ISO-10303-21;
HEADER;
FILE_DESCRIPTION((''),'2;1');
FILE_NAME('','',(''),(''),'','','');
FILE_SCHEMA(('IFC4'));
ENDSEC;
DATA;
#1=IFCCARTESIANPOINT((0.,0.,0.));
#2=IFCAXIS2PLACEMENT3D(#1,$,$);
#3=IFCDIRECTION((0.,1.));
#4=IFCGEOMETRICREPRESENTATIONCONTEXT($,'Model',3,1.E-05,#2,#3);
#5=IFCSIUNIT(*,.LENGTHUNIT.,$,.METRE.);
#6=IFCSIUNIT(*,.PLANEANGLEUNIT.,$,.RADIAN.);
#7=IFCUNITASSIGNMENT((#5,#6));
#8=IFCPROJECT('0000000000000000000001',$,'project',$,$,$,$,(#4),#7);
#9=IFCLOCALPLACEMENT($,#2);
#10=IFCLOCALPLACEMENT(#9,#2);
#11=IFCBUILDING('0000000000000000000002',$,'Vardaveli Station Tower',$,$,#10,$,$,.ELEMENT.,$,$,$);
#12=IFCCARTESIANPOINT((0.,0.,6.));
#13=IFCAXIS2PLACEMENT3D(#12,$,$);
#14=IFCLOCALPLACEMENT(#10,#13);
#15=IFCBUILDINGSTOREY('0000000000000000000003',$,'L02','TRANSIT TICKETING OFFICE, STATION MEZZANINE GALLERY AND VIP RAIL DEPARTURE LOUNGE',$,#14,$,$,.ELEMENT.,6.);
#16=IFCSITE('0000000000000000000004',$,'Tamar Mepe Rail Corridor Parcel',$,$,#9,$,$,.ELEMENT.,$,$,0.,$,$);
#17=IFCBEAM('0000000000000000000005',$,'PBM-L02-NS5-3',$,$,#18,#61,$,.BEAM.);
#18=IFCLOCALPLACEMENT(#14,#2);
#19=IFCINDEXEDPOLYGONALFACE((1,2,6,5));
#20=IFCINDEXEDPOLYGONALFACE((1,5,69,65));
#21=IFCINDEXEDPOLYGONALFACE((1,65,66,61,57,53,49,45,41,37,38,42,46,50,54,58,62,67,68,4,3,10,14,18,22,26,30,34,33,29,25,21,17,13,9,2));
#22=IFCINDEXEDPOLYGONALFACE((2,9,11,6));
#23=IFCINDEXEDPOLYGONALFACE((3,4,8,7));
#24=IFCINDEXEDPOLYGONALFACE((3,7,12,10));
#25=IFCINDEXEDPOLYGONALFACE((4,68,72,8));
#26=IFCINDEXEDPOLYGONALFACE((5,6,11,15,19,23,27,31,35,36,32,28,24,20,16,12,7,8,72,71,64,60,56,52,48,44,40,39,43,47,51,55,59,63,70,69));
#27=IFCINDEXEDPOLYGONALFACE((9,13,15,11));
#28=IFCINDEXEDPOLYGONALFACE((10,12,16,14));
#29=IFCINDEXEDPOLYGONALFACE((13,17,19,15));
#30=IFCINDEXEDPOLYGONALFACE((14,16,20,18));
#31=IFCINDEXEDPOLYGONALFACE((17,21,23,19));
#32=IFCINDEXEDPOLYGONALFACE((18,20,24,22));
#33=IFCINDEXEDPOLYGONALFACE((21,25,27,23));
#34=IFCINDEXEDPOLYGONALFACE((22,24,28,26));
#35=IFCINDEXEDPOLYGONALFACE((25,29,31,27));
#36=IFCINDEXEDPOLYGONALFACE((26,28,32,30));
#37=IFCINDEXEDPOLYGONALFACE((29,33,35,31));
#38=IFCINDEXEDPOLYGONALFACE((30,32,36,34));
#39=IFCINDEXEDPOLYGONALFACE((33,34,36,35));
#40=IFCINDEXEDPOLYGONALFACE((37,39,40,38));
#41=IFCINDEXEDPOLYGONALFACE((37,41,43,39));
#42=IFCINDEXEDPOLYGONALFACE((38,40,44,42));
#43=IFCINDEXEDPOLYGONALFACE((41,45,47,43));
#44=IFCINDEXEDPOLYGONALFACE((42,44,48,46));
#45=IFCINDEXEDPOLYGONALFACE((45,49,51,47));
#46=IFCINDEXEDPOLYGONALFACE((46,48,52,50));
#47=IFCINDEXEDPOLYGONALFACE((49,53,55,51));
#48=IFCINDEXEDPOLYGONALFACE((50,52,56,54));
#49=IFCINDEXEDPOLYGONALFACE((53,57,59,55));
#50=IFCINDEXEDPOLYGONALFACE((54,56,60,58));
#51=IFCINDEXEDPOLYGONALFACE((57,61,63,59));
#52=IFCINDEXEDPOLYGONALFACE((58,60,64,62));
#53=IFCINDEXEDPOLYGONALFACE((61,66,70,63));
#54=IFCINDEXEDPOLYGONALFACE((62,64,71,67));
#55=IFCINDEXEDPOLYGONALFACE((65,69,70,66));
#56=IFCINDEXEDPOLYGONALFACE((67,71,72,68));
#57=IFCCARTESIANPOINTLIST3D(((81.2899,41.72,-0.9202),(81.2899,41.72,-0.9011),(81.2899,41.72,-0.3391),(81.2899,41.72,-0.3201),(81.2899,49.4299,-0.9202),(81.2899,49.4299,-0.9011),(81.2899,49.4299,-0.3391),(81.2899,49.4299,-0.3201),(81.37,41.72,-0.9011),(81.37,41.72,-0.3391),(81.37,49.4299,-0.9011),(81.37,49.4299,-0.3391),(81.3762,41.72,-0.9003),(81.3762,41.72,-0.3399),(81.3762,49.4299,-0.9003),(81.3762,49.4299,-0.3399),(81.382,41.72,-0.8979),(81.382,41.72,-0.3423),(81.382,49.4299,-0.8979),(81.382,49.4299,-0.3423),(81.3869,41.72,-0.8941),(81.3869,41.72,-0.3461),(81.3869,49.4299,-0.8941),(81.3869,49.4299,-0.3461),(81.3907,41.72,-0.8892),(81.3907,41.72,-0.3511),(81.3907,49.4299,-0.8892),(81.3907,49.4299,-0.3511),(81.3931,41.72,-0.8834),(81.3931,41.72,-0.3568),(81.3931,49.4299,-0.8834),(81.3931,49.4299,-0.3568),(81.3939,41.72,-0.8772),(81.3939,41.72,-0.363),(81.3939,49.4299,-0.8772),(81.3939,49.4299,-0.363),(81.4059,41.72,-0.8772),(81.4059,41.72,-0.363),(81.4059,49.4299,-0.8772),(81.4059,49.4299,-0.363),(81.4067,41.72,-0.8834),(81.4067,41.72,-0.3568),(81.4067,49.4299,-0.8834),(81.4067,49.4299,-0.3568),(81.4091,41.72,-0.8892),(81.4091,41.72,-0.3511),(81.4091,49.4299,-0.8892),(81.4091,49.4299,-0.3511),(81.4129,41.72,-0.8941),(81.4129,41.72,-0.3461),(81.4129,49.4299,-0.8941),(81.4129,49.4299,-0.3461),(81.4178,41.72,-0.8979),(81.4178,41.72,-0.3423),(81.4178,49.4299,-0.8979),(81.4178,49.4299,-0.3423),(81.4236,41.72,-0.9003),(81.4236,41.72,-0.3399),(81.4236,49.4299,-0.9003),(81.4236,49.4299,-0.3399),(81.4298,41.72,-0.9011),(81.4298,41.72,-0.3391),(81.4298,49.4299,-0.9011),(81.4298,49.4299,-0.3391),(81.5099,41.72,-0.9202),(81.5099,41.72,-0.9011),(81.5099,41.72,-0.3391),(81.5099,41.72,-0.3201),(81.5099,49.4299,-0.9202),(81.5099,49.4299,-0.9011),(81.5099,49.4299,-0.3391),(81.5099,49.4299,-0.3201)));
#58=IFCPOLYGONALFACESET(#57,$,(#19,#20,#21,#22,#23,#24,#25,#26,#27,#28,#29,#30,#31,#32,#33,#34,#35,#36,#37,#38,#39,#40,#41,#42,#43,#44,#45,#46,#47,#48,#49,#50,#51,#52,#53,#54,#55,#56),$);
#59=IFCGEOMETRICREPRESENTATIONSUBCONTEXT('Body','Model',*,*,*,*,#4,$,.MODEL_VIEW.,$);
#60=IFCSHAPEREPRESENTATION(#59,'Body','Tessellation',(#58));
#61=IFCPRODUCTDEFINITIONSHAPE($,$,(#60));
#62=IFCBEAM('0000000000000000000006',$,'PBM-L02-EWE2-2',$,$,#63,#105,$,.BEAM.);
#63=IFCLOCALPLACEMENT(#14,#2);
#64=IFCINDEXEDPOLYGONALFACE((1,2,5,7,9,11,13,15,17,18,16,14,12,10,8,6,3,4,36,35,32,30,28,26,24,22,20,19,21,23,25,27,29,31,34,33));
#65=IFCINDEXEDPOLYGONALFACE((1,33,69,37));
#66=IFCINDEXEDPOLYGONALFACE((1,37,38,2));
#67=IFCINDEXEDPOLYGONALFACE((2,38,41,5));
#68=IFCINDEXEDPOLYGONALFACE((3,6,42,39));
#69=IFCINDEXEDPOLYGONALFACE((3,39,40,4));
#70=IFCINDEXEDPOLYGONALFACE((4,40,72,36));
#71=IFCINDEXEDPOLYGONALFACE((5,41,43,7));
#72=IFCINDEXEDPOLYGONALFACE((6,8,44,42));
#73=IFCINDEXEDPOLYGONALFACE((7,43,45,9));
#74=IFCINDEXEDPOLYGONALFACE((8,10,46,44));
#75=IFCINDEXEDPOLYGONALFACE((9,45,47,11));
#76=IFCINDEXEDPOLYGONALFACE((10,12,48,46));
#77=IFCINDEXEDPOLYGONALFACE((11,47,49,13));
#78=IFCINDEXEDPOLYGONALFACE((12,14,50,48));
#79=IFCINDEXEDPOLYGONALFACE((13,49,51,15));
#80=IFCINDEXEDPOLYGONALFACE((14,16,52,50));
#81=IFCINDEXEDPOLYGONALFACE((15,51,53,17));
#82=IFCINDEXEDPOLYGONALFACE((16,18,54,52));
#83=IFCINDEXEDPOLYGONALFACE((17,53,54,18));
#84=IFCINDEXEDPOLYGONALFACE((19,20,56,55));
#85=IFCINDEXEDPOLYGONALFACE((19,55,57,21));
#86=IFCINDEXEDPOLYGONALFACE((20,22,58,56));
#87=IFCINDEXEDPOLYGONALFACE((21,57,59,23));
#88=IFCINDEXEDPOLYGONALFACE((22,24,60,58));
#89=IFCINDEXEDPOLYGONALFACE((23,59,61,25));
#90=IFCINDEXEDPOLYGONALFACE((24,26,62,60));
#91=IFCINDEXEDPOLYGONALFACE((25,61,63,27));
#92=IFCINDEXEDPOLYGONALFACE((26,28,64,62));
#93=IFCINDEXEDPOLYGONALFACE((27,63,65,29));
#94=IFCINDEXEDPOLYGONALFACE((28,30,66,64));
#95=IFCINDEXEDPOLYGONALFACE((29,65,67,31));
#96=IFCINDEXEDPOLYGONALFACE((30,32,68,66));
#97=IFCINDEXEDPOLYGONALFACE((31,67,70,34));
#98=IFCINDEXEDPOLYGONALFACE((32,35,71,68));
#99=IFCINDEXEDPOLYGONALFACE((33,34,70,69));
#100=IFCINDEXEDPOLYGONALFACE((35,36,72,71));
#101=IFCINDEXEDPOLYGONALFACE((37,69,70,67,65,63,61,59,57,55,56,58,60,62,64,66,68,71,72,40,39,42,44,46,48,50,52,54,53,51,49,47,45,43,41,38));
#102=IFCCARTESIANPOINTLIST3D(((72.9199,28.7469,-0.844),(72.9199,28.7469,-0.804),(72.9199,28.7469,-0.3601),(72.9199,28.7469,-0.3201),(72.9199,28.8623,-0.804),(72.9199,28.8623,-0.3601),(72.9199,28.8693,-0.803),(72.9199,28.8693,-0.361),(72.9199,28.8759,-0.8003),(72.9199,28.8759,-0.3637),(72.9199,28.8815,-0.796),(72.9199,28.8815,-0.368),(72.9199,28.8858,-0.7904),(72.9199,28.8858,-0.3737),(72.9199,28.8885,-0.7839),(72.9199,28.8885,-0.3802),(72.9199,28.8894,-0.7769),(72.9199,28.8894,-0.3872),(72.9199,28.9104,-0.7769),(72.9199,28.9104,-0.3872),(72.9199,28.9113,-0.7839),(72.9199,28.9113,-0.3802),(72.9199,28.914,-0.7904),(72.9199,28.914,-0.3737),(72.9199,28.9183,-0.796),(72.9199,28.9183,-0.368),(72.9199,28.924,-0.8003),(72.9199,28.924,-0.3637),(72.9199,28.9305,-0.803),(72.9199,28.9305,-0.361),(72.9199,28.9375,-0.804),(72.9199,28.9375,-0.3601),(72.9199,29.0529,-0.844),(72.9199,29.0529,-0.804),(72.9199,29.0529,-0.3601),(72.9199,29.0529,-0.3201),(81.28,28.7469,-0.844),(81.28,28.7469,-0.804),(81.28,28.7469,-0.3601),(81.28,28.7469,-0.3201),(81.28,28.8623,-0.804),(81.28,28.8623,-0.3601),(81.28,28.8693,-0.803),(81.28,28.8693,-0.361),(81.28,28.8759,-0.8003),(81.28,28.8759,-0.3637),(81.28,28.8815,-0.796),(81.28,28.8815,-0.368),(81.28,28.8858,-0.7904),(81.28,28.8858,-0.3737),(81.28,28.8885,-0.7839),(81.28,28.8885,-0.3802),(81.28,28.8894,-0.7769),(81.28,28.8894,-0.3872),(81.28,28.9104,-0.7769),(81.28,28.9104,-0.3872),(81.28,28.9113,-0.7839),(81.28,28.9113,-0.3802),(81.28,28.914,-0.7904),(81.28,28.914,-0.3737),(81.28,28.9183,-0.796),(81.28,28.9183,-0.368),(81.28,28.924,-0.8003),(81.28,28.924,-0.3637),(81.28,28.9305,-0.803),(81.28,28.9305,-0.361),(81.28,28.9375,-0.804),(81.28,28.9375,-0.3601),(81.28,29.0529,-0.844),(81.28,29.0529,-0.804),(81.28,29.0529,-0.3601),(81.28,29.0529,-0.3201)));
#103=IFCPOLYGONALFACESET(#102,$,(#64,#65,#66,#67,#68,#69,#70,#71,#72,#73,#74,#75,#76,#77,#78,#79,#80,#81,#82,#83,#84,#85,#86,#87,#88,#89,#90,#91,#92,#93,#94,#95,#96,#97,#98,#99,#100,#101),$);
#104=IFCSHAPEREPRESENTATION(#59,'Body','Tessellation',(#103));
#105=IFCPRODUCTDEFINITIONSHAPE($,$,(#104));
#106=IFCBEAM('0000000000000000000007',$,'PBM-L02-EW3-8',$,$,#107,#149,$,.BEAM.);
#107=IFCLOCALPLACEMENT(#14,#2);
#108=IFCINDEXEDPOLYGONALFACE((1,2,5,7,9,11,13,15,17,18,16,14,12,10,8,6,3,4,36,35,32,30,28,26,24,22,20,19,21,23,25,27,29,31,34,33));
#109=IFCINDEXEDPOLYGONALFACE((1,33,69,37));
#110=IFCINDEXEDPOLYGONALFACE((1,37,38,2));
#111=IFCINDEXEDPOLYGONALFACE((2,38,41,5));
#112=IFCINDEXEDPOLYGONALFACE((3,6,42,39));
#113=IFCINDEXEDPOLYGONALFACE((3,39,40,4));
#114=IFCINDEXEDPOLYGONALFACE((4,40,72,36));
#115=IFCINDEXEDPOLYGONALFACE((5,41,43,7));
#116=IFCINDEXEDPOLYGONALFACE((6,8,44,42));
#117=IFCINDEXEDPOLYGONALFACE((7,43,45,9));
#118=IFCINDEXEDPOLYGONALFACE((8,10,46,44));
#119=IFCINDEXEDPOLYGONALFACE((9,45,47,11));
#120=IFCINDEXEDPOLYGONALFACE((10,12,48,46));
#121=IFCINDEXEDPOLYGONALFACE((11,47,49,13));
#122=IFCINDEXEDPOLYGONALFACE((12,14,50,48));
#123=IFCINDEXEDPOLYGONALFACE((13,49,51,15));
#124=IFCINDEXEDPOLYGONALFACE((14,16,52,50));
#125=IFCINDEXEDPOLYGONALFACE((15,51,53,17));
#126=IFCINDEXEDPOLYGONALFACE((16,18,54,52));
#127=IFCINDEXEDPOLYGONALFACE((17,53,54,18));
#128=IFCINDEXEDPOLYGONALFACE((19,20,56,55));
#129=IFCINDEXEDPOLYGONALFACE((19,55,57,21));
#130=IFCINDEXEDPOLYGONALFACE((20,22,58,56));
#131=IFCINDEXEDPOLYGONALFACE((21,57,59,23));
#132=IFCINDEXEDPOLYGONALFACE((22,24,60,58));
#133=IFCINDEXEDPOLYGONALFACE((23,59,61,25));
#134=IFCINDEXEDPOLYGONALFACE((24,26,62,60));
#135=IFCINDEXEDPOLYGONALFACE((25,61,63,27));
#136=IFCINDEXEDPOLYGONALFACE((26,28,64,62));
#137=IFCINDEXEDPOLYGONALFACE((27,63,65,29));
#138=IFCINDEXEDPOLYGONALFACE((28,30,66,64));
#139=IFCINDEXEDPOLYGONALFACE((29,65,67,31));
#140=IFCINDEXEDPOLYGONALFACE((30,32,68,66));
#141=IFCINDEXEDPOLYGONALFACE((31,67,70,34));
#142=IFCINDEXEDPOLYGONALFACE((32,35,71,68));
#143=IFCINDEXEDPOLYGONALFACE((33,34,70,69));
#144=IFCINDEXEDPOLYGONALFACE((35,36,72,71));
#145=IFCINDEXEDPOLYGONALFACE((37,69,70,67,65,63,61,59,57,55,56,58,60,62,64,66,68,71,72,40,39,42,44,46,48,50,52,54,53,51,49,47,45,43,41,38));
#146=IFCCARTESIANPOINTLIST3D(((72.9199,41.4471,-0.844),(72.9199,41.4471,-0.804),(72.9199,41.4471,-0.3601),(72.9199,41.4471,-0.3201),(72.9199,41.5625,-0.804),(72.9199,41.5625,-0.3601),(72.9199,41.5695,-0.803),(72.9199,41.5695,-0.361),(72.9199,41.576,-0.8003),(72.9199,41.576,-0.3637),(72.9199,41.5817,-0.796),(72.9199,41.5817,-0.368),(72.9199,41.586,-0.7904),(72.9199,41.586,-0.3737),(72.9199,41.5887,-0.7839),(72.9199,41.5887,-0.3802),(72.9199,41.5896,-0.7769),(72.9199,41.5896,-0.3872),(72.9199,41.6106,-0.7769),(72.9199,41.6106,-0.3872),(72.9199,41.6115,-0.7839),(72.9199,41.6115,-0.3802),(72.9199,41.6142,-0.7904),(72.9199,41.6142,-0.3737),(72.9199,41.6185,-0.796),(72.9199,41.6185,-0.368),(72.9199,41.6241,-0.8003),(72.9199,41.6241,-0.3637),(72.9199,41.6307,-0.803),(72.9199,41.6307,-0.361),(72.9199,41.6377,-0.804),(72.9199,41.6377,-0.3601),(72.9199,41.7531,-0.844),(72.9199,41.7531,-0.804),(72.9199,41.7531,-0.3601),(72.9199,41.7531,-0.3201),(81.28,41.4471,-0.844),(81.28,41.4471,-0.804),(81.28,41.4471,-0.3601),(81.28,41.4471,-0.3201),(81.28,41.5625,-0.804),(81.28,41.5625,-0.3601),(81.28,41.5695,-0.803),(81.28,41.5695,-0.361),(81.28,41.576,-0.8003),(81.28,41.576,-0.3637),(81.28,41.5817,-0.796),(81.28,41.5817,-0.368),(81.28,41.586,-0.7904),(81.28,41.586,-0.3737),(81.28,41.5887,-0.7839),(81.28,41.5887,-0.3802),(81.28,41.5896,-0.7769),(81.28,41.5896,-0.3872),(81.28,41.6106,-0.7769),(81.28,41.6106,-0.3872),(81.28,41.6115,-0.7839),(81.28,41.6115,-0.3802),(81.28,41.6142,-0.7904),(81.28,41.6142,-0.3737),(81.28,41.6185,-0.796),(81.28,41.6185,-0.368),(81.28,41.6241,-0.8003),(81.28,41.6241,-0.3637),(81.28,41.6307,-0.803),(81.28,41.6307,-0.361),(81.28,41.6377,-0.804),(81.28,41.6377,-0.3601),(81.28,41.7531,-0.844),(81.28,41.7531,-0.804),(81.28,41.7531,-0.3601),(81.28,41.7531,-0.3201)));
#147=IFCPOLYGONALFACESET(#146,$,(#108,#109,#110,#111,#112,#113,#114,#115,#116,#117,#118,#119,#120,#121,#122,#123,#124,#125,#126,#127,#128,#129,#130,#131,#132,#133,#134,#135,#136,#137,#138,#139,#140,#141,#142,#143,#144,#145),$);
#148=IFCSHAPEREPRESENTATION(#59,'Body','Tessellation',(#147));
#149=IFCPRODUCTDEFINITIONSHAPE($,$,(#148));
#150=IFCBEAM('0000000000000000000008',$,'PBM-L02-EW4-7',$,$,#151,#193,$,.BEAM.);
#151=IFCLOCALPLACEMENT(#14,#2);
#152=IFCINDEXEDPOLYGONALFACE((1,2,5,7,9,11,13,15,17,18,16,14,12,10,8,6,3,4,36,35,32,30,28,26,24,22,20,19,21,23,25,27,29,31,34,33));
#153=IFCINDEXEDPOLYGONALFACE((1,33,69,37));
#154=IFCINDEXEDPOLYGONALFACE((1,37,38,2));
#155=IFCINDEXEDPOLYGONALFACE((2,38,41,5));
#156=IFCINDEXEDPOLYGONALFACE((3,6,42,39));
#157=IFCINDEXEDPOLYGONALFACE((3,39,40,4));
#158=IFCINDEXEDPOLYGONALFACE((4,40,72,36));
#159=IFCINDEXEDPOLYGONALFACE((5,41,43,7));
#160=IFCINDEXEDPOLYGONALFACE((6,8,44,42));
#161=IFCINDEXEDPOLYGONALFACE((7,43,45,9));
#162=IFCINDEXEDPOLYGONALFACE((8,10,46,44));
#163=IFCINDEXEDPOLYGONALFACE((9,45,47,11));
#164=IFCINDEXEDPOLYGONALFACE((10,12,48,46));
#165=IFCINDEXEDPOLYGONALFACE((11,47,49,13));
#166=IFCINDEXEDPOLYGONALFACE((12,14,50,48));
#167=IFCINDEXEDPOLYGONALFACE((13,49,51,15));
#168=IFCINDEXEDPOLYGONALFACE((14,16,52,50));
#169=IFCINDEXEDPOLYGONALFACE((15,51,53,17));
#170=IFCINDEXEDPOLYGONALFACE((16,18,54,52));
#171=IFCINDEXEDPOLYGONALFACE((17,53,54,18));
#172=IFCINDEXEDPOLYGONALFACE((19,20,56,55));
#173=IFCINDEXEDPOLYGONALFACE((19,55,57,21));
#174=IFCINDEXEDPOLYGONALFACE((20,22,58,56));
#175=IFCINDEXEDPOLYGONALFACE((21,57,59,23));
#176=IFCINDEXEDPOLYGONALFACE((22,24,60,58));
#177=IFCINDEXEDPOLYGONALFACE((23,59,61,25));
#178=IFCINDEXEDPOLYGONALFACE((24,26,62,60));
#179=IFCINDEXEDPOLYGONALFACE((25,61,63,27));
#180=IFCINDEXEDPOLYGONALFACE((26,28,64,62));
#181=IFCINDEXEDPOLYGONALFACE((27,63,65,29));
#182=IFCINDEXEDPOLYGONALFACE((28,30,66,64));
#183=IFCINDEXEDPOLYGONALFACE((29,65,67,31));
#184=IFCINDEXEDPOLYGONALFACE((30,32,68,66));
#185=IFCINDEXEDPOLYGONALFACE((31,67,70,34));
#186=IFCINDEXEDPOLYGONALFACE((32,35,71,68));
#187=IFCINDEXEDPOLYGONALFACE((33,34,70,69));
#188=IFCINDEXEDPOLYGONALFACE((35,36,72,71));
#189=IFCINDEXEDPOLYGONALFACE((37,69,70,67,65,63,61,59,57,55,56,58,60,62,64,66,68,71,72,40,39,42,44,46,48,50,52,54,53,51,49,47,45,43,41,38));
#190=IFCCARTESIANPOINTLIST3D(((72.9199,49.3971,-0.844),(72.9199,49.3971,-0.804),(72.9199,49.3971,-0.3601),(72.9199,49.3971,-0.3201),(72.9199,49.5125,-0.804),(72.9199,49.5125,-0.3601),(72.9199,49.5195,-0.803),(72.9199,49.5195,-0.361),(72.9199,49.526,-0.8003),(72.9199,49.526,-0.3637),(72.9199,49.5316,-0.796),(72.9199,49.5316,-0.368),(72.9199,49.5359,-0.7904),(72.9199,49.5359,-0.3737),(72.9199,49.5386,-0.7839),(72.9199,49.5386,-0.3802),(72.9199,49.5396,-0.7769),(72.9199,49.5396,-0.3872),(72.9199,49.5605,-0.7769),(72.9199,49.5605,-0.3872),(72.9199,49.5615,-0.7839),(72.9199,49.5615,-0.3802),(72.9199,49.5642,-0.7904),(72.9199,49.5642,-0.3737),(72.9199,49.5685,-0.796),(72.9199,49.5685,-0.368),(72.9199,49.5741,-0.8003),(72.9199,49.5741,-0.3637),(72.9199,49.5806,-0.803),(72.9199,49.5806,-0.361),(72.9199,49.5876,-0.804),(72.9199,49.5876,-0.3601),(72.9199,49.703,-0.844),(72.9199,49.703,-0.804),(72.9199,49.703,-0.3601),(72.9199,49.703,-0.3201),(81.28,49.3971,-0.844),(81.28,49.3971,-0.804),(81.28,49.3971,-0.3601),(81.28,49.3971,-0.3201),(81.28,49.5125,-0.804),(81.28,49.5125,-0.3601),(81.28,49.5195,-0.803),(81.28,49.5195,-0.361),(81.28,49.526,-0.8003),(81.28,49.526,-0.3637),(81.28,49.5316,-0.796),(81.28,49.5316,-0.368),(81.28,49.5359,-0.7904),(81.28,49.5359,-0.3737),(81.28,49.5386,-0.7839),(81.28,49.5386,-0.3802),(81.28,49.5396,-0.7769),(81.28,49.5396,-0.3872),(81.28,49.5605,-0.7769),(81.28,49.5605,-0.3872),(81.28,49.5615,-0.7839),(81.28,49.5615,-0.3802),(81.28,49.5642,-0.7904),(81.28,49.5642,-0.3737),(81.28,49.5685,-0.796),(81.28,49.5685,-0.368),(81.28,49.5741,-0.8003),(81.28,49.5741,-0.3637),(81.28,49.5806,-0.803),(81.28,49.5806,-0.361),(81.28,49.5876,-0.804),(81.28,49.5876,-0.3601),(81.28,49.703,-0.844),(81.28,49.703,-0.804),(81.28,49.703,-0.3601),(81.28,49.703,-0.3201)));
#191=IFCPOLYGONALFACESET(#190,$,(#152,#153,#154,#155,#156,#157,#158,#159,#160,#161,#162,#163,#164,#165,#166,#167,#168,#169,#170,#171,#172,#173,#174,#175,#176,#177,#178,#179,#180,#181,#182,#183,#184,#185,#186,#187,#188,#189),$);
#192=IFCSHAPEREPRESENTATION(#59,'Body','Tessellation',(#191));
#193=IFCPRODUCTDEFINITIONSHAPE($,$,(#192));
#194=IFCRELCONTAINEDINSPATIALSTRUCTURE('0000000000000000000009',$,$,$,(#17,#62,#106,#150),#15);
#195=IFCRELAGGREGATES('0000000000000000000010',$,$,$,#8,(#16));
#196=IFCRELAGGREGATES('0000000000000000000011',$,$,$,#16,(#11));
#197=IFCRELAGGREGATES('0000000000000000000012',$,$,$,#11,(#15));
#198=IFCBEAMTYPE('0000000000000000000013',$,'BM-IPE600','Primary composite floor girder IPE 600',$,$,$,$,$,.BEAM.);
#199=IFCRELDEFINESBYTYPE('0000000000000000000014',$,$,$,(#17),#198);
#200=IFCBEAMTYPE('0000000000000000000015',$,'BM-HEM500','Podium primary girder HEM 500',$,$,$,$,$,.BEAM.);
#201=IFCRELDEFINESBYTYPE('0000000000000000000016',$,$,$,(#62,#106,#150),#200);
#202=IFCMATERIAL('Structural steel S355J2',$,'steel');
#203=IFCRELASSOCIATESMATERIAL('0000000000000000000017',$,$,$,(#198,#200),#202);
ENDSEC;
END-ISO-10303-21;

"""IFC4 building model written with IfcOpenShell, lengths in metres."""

from ifc_helpers import new_model, si_unit, direction, frame, origin, origin_2d, place, context, subcontext, project, spatial, i_section, extrude, source, transform, mapped, material, material_profile, profile_set, type_object, element, save


model = new_model("IFC4")

# Units and contexts
model_context = context("Model", 3, precision=1e-05, world=origin(), true_north=direction((0.0, 1.0)))
body_context = subcontext(model_context, "Body", "Model", "MODEL_VIEW")
ifc_project = project(units=[si_unit("LENGTHUNIT", "METRE"), si_unit("PLANEANGLEUNIT", "RADIAN")], contexts=[model_context])

# Site, building, storey
site_placement = place(None, origin())
site = spatial("IfcSite", under=ifc_project, at=site_placement, Name="Tamar Mepe Rail Corridor Parcel", CompositionType="ELEMENT", RefElevation=0.0)
building_placement = place(site_placement, origin())
building = spatial("IfcBuilding", under=site, at=building_placement, Name="Vardaveli Station Tower", CompositionType="ELEMENT")
storey_placement = place(building_placement, frame((0.0, 0.0, 6.0)))
storey = spatial("IfcBuildingStorey", under=building, at=storey_placement, Name="L02", Description="TRANSIT TICKETING OFFICE, STATION MEZZANINE GALLERY AND VIP RAIL DEPARTURE LOUNGE", CompositionType="ELEMENT", Elevation=6.0)

# Beams
ifc_material_1 = material(Name="Structural steel S355J2", Category="steel")
ifc_material_profile_1 = material_profile(ifc_material_1, i_section(OverallWidth=0.22, OverallDepth=0.6001, WebThickness=0.012, FlangeThickness=0.019, FilletRadius=0.0239, at=origin_2d()), Name="IPE 600")
ifc_profile_set_1 = profile_set([ifc_material_profile_1], Name="Structural steel S355J2")
beam_type_1 = type_object("IfcBeamType", Name="BM-IPE600", Description="Primary composite floor girder IPE 600", PredefinedType="BEAM", material=ifc_profile_set_1)
shared_shape_1 = source(origin(), body_context, "Body", "SweptSolid", [
    extrude(i_section(OverallWidth=0.22, OverallDepth=0.6001, WebThickness=0.012, FlangeThickness=0.019, FilletRadius=0.0239, at=origin_2d()), origin(), (0.0, 0.0, 1.0), 7.71),
])
for number, where, z_axis, x_axis, name in (
    (1, (81.3999, 41.72, -0.6201), (0.0, 1.0, 0.0), (-1.0, 0.0, 0.0), "PBM-L02-NS5-3"),
):
    element("IfcBeam", number, at=place(storey_placement, frame(where, z_axis=z_axis, x_axis=x_axis)), inside=storey, type_object=beam_type_1, Name=name, PredefinedType="BEAM", context=body_context, shape_type="MappedRepresentation", body=[
        mapped(shared_shape_1, transform((0.0, 0.0, 0.0), scale=1.0)),
    ])
ifc_material_profile_2 = material_profile(ifc_material_1, i_section(OverallWidth=0.3059, OverallDepth=0.5239, WebThickness=0.021, FlangeThickness=0.04, FilletRadius=0.0271, at=origin_2d()), Name="HEM 500")
ifc_profile_set_2 = profile_set([ifc_material_profile_2], Name="Structural steel S355J2")
beam_type_2 = type_object("IfcBeamType", Name="BM-HEM500", Description="Podium primary girder HEM 500", PredefinedType="BEAM", material=ifc_profile_set_2)
shared_shape_2 = source(origin(), body_context, "Body", "SweptSolid", [
    extrude(i_section(OverallWidth=0.3059, OverallDepth=0.5239, WebThickness=0.021, FlangeThickness=0.04, FilletRadius=0.0271, at=origin_2d()), origin(), (0.0, 0.0, 1.0), 8.3601),
])
for number, where, z_axis, x_axis, name in (
    (2, (72.9199, 28.8999, -0.582), (1.0, 0.0, 0.0), (0.0, 1.0, 0.0), "PBM-L02-EWE2-2"),
    (3, (72.9199, 41.6001, -0.582), (1.0, 0.0, 0.0), (0.0, 1.0, 0.0), "PBM-L02-EW3-8"),
    (4, (72.9199, 49.55, -0.582), (1.0, 0.0, 0.0), (0.0, 1.0, 0.0), "PBM-L02-EW4-7"),
):
    element("IfcBeam", number, at=place(storey_placement, frame(where, z_axis=z_axis, x_axis=x_axis)), inside=storey, type_object=beam_type_2, Name=name, PredefinedType="BEAM", context=body_context, shape_type="MappedRepresentation", body=[
        mapped(shared_shape_2, transform((0.0, 0.0, 0.0), scale=1.0)),
    ])

save(model, "model.ifc")
